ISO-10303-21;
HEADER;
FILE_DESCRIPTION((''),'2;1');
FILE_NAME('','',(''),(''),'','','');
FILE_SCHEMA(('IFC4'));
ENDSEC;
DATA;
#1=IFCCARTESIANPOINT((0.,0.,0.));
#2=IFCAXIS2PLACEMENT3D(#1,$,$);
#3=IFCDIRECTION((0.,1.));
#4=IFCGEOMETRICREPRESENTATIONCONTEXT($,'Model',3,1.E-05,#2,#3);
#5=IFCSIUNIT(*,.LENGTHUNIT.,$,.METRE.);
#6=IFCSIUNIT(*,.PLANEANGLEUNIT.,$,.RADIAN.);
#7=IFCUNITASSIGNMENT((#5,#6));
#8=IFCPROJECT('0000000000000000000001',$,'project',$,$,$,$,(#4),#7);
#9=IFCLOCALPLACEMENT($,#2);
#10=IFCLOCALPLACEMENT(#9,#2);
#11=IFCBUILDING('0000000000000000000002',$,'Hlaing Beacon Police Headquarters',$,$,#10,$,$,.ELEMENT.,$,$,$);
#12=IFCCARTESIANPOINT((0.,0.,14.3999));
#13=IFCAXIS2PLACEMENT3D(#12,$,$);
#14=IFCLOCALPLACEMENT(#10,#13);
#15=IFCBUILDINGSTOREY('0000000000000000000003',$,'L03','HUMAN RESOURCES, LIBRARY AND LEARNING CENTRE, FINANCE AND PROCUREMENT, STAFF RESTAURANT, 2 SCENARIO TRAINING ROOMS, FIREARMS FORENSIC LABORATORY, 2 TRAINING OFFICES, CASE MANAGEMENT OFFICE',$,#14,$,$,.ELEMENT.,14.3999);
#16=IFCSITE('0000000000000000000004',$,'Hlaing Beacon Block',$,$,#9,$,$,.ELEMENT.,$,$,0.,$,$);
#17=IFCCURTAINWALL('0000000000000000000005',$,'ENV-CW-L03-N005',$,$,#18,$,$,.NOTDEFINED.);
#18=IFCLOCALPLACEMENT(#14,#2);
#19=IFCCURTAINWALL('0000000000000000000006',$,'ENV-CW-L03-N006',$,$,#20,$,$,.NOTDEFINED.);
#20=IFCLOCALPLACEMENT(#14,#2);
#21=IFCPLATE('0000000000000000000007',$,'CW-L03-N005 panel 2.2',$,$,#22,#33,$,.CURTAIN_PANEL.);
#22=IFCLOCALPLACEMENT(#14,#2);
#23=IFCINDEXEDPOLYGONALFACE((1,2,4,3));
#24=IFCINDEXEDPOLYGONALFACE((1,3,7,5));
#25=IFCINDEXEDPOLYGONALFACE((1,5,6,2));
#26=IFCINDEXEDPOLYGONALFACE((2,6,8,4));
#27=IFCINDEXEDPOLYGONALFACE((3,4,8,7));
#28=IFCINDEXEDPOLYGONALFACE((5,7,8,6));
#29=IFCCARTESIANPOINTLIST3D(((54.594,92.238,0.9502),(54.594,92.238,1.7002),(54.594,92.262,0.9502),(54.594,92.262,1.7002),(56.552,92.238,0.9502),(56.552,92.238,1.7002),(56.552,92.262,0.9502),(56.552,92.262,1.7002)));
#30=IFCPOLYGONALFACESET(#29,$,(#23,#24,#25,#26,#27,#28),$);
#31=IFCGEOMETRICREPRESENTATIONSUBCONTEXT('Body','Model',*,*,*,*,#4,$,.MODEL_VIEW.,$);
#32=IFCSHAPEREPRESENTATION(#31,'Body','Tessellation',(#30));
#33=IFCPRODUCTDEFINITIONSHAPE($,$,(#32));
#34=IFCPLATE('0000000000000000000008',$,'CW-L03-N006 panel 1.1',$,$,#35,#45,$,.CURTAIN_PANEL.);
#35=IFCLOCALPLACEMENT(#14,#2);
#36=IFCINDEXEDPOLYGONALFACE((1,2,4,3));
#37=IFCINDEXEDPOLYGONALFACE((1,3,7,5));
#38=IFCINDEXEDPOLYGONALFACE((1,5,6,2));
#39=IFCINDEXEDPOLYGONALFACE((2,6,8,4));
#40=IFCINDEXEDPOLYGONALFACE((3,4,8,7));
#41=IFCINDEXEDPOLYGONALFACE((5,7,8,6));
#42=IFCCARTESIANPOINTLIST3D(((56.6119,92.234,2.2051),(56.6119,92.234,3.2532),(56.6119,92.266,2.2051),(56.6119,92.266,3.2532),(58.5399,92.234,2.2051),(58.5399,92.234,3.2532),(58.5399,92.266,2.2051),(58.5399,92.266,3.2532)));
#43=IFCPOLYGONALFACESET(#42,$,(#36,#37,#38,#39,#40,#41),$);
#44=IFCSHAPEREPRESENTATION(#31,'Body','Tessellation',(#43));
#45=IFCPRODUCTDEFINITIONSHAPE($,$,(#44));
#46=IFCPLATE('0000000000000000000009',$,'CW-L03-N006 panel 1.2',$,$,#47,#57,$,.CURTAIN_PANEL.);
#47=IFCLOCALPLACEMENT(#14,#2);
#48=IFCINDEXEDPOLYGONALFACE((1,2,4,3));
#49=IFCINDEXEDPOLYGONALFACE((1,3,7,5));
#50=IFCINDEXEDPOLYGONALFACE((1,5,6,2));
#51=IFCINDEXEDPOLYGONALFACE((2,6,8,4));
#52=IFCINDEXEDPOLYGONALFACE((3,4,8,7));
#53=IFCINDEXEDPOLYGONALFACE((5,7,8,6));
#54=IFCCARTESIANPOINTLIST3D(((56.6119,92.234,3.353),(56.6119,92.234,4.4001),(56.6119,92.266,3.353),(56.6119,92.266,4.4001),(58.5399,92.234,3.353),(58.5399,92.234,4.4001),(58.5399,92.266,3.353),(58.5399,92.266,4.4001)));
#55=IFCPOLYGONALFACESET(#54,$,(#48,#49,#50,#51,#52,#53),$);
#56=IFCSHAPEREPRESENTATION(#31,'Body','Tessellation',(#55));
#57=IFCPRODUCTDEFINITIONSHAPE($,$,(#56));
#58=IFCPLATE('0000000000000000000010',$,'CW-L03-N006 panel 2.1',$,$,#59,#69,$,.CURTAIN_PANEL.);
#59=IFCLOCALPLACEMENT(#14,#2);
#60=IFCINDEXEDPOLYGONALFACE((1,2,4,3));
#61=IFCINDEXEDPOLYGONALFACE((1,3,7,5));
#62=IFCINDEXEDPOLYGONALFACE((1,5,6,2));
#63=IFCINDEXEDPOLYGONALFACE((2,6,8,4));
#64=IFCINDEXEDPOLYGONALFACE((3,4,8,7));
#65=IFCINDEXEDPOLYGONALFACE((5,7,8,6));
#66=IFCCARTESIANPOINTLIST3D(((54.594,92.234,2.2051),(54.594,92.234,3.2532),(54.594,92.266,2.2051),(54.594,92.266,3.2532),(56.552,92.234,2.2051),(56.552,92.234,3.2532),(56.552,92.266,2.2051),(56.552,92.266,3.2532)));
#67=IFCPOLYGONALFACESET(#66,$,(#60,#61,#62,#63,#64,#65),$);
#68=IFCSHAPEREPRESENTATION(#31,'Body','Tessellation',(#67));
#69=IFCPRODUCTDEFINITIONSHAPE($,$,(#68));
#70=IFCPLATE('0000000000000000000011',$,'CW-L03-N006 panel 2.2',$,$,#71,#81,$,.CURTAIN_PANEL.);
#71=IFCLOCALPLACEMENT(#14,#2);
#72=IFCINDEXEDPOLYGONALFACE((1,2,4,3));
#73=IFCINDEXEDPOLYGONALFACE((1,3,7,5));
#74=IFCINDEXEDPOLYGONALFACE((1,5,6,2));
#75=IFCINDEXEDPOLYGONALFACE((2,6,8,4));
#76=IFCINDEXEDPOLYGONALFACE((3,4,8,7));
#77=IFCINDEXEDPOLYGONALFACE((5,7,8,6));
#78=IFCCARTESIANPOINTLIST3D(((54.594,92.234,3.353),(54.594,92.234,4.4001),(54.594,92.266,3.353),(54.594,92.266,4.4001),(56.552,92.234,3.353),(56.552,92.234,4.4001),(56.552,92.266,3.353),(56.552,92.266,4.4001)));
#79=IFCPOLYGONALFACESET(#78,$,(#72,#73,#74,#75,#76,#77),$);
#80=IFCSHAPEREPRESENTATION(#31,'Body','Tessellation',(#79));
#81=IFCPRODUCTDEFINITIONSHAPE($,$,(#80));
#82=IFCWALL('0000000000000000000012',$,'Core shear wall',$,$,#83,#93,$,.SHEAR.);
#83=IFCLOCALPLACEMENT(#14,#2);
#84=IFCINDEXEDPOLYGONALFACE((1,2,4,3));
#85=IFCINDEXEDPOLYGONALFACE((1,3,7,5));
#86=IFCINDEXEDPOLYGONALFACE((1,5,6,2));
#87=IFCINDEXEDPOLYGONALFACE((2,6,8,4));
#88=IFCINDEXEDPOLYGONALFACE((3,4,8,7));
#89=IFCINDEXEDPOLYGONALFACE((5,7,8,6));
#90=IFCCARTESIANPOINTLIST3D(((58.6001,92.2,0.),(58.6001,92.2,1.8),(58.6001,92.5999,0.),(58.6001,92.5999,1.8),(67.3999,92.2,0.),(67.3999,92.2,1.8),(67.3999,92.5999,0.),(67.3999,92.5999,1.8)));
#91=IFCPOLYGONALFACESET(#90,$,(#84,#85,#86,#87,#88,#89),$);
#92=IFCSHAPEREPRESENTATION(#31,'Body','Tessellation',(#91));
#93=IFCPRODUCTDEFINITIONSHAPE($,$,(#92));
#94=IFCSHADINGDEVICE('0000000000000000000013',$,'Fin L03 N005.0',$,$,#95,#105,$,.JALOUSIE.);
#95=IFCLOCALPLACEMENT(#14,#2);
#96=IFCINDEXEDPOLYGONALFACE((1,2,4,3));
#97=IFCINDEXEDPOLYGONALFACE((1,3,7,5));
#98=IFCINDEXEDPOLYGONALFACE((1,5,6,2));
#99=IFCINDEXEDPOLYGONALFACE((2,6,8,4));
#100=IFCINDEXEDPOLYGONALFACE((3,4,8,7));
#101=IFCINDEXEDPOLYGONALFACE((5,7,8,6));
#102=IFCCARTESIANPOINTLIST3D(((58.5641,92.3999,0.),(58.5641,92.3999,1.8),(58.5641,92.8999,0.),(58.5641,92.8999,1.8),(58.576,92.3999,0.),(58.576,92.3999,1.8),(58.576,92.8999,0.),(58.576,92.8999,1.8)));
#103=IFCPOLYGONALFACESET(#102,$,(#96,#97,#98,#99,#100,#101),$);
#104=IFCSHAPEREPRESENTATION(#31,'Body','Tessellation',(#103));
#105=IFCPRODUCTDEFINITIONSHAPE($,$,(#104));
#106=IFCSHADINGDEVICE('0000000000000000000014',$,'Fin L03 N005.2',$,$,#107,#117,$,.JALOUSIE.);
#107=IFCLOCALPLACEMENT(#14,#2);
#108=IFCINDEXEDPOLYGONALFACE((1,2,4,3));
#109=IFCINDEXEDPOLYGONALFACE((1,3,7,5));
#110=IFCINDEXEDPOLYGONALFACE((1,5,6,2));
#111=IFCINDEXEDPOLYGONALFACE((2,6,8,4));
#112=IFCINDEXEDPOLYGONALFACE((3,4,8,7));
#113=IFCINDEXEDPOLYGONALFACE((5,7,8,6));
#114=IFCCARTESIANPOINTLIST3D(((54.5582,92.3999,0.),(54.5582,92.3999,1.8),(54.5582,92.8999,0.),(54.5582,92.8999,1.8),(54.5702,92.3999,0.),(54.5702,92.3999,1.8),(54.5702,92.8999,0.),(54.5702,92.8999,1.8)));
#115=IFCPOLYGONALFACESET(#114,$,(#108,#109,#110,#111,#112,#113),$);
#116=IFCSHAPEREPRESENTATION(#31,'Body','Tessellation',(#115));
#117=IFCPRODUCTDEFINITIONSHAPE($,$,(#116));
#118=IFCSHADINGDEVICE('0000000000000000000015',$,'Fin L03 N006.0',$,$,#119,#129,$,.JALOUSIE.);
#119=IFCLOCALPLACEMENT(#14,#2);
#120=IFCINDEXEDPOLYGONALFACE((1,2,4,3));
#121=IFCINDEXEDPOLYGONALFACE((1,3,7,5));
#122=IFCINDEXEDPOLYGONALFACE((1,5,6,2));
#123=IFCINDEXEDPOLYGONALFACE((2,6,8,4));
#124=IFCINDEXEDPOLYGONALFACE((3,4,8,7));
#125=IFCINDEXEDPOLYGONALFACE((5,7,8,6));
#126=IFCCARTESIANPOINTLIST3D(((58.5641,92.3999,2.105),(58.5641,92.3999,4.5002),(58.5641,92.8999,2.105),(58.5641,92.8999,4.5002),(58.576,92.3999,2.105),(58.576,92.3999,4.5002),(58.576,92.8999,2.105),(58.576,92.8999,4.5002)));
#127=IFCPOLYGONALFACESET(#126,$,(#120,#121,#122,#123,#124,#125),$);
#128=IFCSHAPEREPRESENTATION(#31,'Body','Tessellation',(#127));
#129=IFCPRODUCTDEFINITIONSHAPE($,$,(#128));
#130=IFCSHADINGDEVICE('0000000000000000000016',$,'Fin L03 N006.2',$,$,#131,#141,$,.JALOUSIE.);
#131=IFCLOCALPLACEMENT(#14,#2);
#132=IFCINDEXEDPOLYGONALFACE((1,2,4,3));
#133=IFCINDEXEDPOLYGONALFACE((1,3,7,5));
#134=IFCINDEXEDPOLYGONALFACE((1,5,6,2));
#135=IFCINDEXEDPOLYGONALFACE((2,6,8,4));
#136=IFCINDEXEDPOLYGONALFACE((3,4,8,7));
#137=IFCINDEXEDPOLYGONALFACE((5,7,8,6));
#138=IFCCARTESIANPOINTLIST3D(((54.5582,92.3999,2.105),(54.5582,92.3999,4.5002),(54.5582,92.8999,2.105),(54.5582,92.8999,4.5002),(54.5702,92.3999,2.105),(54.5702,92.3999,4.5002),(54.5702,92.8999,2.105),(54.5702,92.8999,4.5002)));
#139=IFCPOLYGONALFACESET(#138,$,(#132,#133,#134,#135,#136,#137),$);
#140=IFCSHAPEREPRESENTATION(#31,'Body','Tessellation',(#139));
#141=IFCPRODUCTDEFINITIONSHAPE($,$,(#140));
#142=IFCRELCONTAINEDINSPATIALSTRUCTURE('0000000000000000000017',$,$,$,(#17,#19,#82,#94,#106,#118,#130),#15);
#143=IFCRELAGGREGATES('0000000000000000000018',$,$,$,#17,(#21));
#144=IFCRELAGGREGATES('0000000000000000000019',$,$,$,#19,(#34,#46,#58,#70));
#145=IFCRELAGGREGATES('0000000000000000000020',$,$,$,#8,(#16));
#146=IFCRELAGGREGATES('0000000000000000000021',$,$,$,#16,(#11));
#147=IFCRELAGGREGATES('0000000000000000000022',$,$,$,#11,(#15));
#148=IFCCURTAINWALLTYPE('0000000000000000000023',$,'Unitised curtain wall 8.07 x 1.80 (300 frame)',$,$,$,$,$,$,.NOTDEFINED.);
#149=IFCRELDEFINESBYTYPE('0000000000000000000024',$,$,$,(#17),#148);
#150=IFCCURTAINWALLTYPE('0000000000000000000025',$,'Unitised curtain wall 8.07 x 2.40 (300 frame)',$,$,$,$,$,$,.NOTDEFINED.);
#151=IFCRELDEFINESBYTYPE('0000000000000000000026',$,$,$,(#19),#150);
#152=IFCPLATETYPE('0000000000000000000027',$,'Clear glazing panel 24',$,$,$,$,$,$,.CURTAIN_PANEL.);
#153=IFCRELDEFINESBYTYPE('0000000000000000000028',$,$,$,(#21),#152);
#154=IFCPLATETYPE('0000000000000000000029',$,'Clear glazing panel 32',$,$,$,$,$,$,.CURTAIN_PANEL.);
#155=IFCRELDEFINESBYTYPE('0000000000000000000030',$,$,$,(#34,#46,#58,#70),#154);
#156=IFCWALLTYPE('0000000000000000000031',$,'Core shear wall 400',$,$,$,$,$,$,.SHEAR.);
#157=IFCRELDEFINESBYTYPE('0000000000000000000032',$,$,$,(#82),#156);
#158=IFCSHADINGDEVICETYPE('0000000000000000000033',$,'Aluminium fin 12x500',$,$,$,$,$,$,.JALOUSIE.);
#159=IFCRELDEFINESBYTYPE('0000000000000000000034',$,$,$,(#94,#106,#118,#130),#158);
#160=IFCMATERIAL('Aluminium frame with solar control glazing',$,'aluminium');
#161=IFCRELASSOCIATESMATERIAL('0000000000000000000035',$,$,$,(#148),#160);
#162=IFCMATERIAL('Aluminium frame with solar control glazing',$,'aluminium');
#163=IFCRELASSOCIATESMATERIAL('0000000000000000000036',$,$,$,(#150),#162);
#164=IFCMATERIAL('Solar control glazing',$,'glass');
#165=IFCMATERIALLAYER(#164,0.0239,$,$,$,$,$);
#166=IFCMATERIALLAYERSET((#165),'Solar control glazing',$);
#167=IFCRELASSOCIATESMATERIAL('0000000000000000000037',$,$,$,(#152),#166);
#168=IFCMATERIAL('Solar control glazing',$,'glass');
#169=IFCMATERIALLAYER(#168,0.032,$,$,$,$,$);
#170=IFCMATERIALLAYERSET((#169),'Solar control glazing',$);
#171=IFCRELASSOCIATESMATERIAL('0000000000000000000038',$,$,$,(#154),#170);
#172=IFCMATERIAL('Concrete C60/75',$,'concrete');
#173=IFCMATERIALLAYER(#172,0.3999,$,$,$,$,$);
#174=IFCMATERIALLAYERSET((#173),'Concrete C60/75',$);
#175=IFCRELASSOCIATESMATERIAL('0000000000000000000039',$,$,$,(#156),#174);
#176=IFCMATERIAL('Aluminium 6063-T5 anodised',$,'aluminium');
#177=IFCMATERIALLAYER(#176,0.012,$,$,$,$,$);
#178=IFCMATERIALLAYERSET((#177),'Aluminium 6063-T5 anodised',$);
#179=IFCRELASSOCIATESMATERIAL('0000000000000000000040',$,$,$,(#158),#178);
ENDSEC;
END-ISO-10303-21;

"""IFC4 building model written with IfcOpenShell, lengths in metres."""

from ifc_helpers import new_model, si_unit, direction, frame, frame_2d, origin, origin_2d, place, context, subcontext, project, spatial, rectangle, extrude, material, layer, layer_set, type_object, element, aggregate, save


model = new_model("IFC4")

# Units and contexts
model_context = context("Model", 3, precision=1e-05, world=origin(), true_north=direction((0.0, 1.0)))
body_context = subcontext(model_context, "Body", "Model", "MODEL_VIEW")
ifc_project = project(units=[si_unit("LENGTHUNIT", "METRE"), si_unit("PLANEANGLEUNIT", "RADIAN")], contexts=[model_context])

# Site, building, storey
site_placement = place(None, origin())
site = spatial("IfcSite", under=ifc_project, at=site_placement, Name="Hlaing Beacon Block", CompositionType="ELEMENT", RefElevation=0.0)
building_placement = place(site_placement, origin())
building = spatial("IfcBuilding", under=site, at=building_placement, Name="Hlaing Beacon Police Headquarters", CompositionType="ELEMENT")
storey_placement = place(building_placement, frame((0.0, 0.0, 14.3999)))
storey = spatial("IfcBuildingStorey", under=building, at=storey_placement, Name="L03", Description="HUMAN RESOURCES, LIBRARY AND LEARNING CENTRE, FINANCE AND PROCUREMENT, STAFF RESTAURANT, 2 SCENARIO TRAINING ROOMS, FIREARMS FORENSIC LABORATORY, 2 TRAINING OFFICES, CASE MANAGEMENT OFFICE", CompositionType="ELEMENT", Elevation=14.3999)

# Curtain walls
ifc_material_1 = material(Name="Aluminium frame with solar control glazing", Category="aluminium")
curtain_wall_type_1 = type_object("IfcCurtainWallType", Name="Unitised curtain wall 8.07 x 1.80 (300 frame)", PredefinedType="NOTDEFINED", material=ifc_material_1)
curtain_wall_1_placement = place(storey_placement, origin())
curtain_wall_1 = element("IfcCurtainWall", 1, at=curtain_wall_1_placement, inside=storey, type_object=curtain_wall_type_1, Name="ENV-CW-L03-N005", PredefinedType="NOTDEFINED")
ifc_material_2 = material(Name="Aluminium frame with solar control glazing", Category="aluminium")
curtain_wall_type_2 = type_object("IfcCurtainWallType", Name="Unitised curtain wall 8.07 x 2.40 (300 frame)", PredefinedType="NOTDEFINED", material=ifc_material_2)
curtain_wall_2_placement = place(storey_placement, origin())
curtain_wall_2 = element("IfcCurtainWall", 2, at=curtain_wall_2_placement, inside=storey, type_object=curtain_wall_type_2, Name="ENV-CW-L03-N006", PredefinedType="NOTDEFINED")

# Plates
ifc_material_3 = material(Name="Solar control glazing", Category="glass")
ifc_layer_1 = layer(ifc_material_3, 0.0239)
ifc_layer_set_1 = layer_set([ifc_layer_1], Name="Solar control glazing")
plate_type_1 = type_object("IfcPlateType", Name="Clear glazing panel 24", PredefinedType="CURTAIN_PANEL", material=ifc_layer_set_1)
plate_1_placement = place(storey_placement, frame((55.573, 92.25, 0.9502), z_axis=(0.0, 0.0, 1.0), x_axis=(-1.0, 0.0, 0.0)))
plate_1 = element("IfcPlate", 3, at=plate_1_placement, type_object=plate_type_1, Name="CW-L03-N005 panel 2.2", PredefinedType="CURTAIN_PANEL", context=body_context, shape_type="SweptSolid", body=[
    extrude(rectangle(XDim=1.958, YDim=0.0239, at=origin_2d()), origin(), (0.0, 0.0, 1.0), 0.75),
])
aggregate(curtain_wall_1, [plate_1])
ifc_material_4 = material(Name="Solar control glazing", Category="glass")
ifc_layer_2 = layer(ifc_material_4, 0.032)
ifc_layer_set_2 = layer_set([ifc_layer_2], Name="Solar control glazing")
plate_type_2 = type_object("IfcPlateType", Name="Clear glazing panel 32", PredefinedType="CURTAIN_PANEL", material=ifc_layer_set_2)
plate_2_placement = place(storey_placement, frame((57.5759, 92.25, 2.2051), z_axis=(0.0, 0.0, 1.0), x_axis=(-1.0, 0.0, 0.0)))
plate_2 = element("IfcPlate", 4, at=plate_2_placement, type_object=plate_type_2, Name="CW-L03-N006 panel 1.1", PredefinedType="CURTAIN_PANEL", context=body_context, shape_type="SweptSolid", body=[
    extrude(rectangle(XDim=1.928, YDim=0.032, at=origin_2d()), origin(), (0.0, 0.0, 1.0), 1.0481),
])
plate_3_placement = place(storey_placement, frame((57.5759, 92.25, 3.353), z_axis=(0.0, 0.0, 1.0), x_axis=(-1.0, 0.0, 0.0)))
plate_3 = element("IfcPlate", 5, at=plate_3_placement, type_object=plate_type_2, Name="CW-L03-N006 panel 1.2", PredefinedType="CURTAIN_PANEL", context=body_context, shape_type="SweptSolid", body=[
    extrude(rectangle(XDim=1.928, YDim=0.032, at=origin_2d()), origin(), (0.0, 0.0, 1.0), 1.0471),
])
plate_4_placement = place(storey_placement, frame((55.573, 92.25, 2.2051), z_axis=(0.0, 0.0, 1.0), x_axis=(-1.0, 0.0, 0.0)))
plate_4 = element("IfcPlate", 6, at=plate_4_placement, type_object=plate_type_2, Name="CW-L03-N006 panel 2.1", PredefinedType="CURTAIN_PANEL", context=body_context, shape_type="SweptSolid", body=[
    extrude(rectangle(XDim=1.958, YDim=0.032, at=origin_2d()), origin(), (0.0, 0.0, 1.0), 1.0481),
])
plate_5_placement = place(storey_placement, frame((55.573, 92.25, 3.353), z_axis=(0.0, 0.0, 1.0), x_axis=(-1.0, 0.0, 0.0)))
plate_5 = element("IfcPlate", 7, at=plate_5_placement, type_object=plate_type_2, Name="CW-L03-N006 panel 2.2", PredefinedType="CURTAIN_PANEL", context=body_context, shape_type="SweptSolid", body=[
    extrude(rectangle(XDim=1.958, YDim=0.032, at=origin_2d()), origin(), (0.0, 0.0, 1.0), 1.0471),
])
aggregate(curtain_wall_2, [plate_2, plate_3, plate_4, plate_5])

# Wall
ifc_material_5 = material(Name="Concrete C60/75", Category="concrete")
ifc_layer_3 = layer(ifc_material_5, 0.3999)
ifc_layer_set_3 = layer_set([ifc_layer_3], Name="Concrete C60/75")
wall_type = type_object("IfcWallType", Name="Core shear wall 400", PredefinedType="SHEAR", material=ifc_layer_set_3)
wall_placement = place(storey_placement, frame((58.6001, 92.3999, 0.0), z_axis=(0.0, 0.0, 1.0), x_axis=(1.0, 0.0, 0.0)))
element("IfcWall", 8, at=wall_placement, inside=storey, type_object=wall_type, Name="Core shear wall", PredefinedType="SHEAR", context=body_context, shape_type="SweptSolid", body=[
    extrude(rectangle(XDim=8.7998, YDim=0.3999, at=frame_2d((4.3999, 0.0))), origin(), (0.0, 0.0, 1.0), 1.8),
])

# Shading devices
ifc_material_6 = material(Name="Aluminium 6063-T5 anodised", Category="aluminium")
ifc_layer_4 = layer(ifc_material_6, 0.012)
ifc_layer_set_4 = layer_set([ifc_layer_4], Name="Aluminium 6063-T5 anodised")
shading_device_type = type_object("IfcShadingDeviceType", Name="Aluminium fin 12x500", PredefinedType="JALOUSIE", material=ifc_layer_set_4)
for number, where, z_axis, x_axis, name in (
    (9, (58.5701, 92.6499, 0.0), (0.0, 0.0, 1.0), (-1.0, 0.0, 0.0), "Fin L03 N005.0"),
    (10, (54.5642, 92.6499, 0.0), (0.0, 0.0, 1.0), (-1.0, 0.0, 0.0), "Fin L03 N005.2"),
):
    element("IfcShadingDevice", number, at=place(storey_placement, frame(where, z_axis=z_axis, x_axis=x_axis)), inside=storey, type_object=shading_device_type, Name=name, PredefinedType="JALOUSIE", context=body_context, shape_type="SweptSolid", body=[
        extrude(rectangle(XDim=0.012, YDim=0.5, at=origin_2d()), origin(), (0.0, 0.0, 1.0), 1.8),
    ])
for number, where, z_axis, x_axis, name in (
    (11, (58.5701, 92.6499, 2.105), (0.0, 0.0, 1.0), (-1.0, 0.0, 0.0), "Fin L03 N006.0"),
    (12, (54.5642, 92.6499, 2.105), (0.0, 0.0, 1.0), (-1.0, 0.0, 0.0), "Fin L03 N006.2"),
):
    element("IfcShadingDevice", number, at=place(storey_placement, frame(where, z_axis=z_axis, x_axis=x_axis)), inside=storey, type_object=shading_device_type, Name=name, PredefinedType="JALOUSIE", context=body_context, shape_type="SweptSolid", body=[
        extrude(rectangle(XDim=0.012, YDim=0.5, at=origin_2d()), origin(), (0.0, 0.0, 1.0), 2.3953),
    ])

save(model, "model.ifc")
